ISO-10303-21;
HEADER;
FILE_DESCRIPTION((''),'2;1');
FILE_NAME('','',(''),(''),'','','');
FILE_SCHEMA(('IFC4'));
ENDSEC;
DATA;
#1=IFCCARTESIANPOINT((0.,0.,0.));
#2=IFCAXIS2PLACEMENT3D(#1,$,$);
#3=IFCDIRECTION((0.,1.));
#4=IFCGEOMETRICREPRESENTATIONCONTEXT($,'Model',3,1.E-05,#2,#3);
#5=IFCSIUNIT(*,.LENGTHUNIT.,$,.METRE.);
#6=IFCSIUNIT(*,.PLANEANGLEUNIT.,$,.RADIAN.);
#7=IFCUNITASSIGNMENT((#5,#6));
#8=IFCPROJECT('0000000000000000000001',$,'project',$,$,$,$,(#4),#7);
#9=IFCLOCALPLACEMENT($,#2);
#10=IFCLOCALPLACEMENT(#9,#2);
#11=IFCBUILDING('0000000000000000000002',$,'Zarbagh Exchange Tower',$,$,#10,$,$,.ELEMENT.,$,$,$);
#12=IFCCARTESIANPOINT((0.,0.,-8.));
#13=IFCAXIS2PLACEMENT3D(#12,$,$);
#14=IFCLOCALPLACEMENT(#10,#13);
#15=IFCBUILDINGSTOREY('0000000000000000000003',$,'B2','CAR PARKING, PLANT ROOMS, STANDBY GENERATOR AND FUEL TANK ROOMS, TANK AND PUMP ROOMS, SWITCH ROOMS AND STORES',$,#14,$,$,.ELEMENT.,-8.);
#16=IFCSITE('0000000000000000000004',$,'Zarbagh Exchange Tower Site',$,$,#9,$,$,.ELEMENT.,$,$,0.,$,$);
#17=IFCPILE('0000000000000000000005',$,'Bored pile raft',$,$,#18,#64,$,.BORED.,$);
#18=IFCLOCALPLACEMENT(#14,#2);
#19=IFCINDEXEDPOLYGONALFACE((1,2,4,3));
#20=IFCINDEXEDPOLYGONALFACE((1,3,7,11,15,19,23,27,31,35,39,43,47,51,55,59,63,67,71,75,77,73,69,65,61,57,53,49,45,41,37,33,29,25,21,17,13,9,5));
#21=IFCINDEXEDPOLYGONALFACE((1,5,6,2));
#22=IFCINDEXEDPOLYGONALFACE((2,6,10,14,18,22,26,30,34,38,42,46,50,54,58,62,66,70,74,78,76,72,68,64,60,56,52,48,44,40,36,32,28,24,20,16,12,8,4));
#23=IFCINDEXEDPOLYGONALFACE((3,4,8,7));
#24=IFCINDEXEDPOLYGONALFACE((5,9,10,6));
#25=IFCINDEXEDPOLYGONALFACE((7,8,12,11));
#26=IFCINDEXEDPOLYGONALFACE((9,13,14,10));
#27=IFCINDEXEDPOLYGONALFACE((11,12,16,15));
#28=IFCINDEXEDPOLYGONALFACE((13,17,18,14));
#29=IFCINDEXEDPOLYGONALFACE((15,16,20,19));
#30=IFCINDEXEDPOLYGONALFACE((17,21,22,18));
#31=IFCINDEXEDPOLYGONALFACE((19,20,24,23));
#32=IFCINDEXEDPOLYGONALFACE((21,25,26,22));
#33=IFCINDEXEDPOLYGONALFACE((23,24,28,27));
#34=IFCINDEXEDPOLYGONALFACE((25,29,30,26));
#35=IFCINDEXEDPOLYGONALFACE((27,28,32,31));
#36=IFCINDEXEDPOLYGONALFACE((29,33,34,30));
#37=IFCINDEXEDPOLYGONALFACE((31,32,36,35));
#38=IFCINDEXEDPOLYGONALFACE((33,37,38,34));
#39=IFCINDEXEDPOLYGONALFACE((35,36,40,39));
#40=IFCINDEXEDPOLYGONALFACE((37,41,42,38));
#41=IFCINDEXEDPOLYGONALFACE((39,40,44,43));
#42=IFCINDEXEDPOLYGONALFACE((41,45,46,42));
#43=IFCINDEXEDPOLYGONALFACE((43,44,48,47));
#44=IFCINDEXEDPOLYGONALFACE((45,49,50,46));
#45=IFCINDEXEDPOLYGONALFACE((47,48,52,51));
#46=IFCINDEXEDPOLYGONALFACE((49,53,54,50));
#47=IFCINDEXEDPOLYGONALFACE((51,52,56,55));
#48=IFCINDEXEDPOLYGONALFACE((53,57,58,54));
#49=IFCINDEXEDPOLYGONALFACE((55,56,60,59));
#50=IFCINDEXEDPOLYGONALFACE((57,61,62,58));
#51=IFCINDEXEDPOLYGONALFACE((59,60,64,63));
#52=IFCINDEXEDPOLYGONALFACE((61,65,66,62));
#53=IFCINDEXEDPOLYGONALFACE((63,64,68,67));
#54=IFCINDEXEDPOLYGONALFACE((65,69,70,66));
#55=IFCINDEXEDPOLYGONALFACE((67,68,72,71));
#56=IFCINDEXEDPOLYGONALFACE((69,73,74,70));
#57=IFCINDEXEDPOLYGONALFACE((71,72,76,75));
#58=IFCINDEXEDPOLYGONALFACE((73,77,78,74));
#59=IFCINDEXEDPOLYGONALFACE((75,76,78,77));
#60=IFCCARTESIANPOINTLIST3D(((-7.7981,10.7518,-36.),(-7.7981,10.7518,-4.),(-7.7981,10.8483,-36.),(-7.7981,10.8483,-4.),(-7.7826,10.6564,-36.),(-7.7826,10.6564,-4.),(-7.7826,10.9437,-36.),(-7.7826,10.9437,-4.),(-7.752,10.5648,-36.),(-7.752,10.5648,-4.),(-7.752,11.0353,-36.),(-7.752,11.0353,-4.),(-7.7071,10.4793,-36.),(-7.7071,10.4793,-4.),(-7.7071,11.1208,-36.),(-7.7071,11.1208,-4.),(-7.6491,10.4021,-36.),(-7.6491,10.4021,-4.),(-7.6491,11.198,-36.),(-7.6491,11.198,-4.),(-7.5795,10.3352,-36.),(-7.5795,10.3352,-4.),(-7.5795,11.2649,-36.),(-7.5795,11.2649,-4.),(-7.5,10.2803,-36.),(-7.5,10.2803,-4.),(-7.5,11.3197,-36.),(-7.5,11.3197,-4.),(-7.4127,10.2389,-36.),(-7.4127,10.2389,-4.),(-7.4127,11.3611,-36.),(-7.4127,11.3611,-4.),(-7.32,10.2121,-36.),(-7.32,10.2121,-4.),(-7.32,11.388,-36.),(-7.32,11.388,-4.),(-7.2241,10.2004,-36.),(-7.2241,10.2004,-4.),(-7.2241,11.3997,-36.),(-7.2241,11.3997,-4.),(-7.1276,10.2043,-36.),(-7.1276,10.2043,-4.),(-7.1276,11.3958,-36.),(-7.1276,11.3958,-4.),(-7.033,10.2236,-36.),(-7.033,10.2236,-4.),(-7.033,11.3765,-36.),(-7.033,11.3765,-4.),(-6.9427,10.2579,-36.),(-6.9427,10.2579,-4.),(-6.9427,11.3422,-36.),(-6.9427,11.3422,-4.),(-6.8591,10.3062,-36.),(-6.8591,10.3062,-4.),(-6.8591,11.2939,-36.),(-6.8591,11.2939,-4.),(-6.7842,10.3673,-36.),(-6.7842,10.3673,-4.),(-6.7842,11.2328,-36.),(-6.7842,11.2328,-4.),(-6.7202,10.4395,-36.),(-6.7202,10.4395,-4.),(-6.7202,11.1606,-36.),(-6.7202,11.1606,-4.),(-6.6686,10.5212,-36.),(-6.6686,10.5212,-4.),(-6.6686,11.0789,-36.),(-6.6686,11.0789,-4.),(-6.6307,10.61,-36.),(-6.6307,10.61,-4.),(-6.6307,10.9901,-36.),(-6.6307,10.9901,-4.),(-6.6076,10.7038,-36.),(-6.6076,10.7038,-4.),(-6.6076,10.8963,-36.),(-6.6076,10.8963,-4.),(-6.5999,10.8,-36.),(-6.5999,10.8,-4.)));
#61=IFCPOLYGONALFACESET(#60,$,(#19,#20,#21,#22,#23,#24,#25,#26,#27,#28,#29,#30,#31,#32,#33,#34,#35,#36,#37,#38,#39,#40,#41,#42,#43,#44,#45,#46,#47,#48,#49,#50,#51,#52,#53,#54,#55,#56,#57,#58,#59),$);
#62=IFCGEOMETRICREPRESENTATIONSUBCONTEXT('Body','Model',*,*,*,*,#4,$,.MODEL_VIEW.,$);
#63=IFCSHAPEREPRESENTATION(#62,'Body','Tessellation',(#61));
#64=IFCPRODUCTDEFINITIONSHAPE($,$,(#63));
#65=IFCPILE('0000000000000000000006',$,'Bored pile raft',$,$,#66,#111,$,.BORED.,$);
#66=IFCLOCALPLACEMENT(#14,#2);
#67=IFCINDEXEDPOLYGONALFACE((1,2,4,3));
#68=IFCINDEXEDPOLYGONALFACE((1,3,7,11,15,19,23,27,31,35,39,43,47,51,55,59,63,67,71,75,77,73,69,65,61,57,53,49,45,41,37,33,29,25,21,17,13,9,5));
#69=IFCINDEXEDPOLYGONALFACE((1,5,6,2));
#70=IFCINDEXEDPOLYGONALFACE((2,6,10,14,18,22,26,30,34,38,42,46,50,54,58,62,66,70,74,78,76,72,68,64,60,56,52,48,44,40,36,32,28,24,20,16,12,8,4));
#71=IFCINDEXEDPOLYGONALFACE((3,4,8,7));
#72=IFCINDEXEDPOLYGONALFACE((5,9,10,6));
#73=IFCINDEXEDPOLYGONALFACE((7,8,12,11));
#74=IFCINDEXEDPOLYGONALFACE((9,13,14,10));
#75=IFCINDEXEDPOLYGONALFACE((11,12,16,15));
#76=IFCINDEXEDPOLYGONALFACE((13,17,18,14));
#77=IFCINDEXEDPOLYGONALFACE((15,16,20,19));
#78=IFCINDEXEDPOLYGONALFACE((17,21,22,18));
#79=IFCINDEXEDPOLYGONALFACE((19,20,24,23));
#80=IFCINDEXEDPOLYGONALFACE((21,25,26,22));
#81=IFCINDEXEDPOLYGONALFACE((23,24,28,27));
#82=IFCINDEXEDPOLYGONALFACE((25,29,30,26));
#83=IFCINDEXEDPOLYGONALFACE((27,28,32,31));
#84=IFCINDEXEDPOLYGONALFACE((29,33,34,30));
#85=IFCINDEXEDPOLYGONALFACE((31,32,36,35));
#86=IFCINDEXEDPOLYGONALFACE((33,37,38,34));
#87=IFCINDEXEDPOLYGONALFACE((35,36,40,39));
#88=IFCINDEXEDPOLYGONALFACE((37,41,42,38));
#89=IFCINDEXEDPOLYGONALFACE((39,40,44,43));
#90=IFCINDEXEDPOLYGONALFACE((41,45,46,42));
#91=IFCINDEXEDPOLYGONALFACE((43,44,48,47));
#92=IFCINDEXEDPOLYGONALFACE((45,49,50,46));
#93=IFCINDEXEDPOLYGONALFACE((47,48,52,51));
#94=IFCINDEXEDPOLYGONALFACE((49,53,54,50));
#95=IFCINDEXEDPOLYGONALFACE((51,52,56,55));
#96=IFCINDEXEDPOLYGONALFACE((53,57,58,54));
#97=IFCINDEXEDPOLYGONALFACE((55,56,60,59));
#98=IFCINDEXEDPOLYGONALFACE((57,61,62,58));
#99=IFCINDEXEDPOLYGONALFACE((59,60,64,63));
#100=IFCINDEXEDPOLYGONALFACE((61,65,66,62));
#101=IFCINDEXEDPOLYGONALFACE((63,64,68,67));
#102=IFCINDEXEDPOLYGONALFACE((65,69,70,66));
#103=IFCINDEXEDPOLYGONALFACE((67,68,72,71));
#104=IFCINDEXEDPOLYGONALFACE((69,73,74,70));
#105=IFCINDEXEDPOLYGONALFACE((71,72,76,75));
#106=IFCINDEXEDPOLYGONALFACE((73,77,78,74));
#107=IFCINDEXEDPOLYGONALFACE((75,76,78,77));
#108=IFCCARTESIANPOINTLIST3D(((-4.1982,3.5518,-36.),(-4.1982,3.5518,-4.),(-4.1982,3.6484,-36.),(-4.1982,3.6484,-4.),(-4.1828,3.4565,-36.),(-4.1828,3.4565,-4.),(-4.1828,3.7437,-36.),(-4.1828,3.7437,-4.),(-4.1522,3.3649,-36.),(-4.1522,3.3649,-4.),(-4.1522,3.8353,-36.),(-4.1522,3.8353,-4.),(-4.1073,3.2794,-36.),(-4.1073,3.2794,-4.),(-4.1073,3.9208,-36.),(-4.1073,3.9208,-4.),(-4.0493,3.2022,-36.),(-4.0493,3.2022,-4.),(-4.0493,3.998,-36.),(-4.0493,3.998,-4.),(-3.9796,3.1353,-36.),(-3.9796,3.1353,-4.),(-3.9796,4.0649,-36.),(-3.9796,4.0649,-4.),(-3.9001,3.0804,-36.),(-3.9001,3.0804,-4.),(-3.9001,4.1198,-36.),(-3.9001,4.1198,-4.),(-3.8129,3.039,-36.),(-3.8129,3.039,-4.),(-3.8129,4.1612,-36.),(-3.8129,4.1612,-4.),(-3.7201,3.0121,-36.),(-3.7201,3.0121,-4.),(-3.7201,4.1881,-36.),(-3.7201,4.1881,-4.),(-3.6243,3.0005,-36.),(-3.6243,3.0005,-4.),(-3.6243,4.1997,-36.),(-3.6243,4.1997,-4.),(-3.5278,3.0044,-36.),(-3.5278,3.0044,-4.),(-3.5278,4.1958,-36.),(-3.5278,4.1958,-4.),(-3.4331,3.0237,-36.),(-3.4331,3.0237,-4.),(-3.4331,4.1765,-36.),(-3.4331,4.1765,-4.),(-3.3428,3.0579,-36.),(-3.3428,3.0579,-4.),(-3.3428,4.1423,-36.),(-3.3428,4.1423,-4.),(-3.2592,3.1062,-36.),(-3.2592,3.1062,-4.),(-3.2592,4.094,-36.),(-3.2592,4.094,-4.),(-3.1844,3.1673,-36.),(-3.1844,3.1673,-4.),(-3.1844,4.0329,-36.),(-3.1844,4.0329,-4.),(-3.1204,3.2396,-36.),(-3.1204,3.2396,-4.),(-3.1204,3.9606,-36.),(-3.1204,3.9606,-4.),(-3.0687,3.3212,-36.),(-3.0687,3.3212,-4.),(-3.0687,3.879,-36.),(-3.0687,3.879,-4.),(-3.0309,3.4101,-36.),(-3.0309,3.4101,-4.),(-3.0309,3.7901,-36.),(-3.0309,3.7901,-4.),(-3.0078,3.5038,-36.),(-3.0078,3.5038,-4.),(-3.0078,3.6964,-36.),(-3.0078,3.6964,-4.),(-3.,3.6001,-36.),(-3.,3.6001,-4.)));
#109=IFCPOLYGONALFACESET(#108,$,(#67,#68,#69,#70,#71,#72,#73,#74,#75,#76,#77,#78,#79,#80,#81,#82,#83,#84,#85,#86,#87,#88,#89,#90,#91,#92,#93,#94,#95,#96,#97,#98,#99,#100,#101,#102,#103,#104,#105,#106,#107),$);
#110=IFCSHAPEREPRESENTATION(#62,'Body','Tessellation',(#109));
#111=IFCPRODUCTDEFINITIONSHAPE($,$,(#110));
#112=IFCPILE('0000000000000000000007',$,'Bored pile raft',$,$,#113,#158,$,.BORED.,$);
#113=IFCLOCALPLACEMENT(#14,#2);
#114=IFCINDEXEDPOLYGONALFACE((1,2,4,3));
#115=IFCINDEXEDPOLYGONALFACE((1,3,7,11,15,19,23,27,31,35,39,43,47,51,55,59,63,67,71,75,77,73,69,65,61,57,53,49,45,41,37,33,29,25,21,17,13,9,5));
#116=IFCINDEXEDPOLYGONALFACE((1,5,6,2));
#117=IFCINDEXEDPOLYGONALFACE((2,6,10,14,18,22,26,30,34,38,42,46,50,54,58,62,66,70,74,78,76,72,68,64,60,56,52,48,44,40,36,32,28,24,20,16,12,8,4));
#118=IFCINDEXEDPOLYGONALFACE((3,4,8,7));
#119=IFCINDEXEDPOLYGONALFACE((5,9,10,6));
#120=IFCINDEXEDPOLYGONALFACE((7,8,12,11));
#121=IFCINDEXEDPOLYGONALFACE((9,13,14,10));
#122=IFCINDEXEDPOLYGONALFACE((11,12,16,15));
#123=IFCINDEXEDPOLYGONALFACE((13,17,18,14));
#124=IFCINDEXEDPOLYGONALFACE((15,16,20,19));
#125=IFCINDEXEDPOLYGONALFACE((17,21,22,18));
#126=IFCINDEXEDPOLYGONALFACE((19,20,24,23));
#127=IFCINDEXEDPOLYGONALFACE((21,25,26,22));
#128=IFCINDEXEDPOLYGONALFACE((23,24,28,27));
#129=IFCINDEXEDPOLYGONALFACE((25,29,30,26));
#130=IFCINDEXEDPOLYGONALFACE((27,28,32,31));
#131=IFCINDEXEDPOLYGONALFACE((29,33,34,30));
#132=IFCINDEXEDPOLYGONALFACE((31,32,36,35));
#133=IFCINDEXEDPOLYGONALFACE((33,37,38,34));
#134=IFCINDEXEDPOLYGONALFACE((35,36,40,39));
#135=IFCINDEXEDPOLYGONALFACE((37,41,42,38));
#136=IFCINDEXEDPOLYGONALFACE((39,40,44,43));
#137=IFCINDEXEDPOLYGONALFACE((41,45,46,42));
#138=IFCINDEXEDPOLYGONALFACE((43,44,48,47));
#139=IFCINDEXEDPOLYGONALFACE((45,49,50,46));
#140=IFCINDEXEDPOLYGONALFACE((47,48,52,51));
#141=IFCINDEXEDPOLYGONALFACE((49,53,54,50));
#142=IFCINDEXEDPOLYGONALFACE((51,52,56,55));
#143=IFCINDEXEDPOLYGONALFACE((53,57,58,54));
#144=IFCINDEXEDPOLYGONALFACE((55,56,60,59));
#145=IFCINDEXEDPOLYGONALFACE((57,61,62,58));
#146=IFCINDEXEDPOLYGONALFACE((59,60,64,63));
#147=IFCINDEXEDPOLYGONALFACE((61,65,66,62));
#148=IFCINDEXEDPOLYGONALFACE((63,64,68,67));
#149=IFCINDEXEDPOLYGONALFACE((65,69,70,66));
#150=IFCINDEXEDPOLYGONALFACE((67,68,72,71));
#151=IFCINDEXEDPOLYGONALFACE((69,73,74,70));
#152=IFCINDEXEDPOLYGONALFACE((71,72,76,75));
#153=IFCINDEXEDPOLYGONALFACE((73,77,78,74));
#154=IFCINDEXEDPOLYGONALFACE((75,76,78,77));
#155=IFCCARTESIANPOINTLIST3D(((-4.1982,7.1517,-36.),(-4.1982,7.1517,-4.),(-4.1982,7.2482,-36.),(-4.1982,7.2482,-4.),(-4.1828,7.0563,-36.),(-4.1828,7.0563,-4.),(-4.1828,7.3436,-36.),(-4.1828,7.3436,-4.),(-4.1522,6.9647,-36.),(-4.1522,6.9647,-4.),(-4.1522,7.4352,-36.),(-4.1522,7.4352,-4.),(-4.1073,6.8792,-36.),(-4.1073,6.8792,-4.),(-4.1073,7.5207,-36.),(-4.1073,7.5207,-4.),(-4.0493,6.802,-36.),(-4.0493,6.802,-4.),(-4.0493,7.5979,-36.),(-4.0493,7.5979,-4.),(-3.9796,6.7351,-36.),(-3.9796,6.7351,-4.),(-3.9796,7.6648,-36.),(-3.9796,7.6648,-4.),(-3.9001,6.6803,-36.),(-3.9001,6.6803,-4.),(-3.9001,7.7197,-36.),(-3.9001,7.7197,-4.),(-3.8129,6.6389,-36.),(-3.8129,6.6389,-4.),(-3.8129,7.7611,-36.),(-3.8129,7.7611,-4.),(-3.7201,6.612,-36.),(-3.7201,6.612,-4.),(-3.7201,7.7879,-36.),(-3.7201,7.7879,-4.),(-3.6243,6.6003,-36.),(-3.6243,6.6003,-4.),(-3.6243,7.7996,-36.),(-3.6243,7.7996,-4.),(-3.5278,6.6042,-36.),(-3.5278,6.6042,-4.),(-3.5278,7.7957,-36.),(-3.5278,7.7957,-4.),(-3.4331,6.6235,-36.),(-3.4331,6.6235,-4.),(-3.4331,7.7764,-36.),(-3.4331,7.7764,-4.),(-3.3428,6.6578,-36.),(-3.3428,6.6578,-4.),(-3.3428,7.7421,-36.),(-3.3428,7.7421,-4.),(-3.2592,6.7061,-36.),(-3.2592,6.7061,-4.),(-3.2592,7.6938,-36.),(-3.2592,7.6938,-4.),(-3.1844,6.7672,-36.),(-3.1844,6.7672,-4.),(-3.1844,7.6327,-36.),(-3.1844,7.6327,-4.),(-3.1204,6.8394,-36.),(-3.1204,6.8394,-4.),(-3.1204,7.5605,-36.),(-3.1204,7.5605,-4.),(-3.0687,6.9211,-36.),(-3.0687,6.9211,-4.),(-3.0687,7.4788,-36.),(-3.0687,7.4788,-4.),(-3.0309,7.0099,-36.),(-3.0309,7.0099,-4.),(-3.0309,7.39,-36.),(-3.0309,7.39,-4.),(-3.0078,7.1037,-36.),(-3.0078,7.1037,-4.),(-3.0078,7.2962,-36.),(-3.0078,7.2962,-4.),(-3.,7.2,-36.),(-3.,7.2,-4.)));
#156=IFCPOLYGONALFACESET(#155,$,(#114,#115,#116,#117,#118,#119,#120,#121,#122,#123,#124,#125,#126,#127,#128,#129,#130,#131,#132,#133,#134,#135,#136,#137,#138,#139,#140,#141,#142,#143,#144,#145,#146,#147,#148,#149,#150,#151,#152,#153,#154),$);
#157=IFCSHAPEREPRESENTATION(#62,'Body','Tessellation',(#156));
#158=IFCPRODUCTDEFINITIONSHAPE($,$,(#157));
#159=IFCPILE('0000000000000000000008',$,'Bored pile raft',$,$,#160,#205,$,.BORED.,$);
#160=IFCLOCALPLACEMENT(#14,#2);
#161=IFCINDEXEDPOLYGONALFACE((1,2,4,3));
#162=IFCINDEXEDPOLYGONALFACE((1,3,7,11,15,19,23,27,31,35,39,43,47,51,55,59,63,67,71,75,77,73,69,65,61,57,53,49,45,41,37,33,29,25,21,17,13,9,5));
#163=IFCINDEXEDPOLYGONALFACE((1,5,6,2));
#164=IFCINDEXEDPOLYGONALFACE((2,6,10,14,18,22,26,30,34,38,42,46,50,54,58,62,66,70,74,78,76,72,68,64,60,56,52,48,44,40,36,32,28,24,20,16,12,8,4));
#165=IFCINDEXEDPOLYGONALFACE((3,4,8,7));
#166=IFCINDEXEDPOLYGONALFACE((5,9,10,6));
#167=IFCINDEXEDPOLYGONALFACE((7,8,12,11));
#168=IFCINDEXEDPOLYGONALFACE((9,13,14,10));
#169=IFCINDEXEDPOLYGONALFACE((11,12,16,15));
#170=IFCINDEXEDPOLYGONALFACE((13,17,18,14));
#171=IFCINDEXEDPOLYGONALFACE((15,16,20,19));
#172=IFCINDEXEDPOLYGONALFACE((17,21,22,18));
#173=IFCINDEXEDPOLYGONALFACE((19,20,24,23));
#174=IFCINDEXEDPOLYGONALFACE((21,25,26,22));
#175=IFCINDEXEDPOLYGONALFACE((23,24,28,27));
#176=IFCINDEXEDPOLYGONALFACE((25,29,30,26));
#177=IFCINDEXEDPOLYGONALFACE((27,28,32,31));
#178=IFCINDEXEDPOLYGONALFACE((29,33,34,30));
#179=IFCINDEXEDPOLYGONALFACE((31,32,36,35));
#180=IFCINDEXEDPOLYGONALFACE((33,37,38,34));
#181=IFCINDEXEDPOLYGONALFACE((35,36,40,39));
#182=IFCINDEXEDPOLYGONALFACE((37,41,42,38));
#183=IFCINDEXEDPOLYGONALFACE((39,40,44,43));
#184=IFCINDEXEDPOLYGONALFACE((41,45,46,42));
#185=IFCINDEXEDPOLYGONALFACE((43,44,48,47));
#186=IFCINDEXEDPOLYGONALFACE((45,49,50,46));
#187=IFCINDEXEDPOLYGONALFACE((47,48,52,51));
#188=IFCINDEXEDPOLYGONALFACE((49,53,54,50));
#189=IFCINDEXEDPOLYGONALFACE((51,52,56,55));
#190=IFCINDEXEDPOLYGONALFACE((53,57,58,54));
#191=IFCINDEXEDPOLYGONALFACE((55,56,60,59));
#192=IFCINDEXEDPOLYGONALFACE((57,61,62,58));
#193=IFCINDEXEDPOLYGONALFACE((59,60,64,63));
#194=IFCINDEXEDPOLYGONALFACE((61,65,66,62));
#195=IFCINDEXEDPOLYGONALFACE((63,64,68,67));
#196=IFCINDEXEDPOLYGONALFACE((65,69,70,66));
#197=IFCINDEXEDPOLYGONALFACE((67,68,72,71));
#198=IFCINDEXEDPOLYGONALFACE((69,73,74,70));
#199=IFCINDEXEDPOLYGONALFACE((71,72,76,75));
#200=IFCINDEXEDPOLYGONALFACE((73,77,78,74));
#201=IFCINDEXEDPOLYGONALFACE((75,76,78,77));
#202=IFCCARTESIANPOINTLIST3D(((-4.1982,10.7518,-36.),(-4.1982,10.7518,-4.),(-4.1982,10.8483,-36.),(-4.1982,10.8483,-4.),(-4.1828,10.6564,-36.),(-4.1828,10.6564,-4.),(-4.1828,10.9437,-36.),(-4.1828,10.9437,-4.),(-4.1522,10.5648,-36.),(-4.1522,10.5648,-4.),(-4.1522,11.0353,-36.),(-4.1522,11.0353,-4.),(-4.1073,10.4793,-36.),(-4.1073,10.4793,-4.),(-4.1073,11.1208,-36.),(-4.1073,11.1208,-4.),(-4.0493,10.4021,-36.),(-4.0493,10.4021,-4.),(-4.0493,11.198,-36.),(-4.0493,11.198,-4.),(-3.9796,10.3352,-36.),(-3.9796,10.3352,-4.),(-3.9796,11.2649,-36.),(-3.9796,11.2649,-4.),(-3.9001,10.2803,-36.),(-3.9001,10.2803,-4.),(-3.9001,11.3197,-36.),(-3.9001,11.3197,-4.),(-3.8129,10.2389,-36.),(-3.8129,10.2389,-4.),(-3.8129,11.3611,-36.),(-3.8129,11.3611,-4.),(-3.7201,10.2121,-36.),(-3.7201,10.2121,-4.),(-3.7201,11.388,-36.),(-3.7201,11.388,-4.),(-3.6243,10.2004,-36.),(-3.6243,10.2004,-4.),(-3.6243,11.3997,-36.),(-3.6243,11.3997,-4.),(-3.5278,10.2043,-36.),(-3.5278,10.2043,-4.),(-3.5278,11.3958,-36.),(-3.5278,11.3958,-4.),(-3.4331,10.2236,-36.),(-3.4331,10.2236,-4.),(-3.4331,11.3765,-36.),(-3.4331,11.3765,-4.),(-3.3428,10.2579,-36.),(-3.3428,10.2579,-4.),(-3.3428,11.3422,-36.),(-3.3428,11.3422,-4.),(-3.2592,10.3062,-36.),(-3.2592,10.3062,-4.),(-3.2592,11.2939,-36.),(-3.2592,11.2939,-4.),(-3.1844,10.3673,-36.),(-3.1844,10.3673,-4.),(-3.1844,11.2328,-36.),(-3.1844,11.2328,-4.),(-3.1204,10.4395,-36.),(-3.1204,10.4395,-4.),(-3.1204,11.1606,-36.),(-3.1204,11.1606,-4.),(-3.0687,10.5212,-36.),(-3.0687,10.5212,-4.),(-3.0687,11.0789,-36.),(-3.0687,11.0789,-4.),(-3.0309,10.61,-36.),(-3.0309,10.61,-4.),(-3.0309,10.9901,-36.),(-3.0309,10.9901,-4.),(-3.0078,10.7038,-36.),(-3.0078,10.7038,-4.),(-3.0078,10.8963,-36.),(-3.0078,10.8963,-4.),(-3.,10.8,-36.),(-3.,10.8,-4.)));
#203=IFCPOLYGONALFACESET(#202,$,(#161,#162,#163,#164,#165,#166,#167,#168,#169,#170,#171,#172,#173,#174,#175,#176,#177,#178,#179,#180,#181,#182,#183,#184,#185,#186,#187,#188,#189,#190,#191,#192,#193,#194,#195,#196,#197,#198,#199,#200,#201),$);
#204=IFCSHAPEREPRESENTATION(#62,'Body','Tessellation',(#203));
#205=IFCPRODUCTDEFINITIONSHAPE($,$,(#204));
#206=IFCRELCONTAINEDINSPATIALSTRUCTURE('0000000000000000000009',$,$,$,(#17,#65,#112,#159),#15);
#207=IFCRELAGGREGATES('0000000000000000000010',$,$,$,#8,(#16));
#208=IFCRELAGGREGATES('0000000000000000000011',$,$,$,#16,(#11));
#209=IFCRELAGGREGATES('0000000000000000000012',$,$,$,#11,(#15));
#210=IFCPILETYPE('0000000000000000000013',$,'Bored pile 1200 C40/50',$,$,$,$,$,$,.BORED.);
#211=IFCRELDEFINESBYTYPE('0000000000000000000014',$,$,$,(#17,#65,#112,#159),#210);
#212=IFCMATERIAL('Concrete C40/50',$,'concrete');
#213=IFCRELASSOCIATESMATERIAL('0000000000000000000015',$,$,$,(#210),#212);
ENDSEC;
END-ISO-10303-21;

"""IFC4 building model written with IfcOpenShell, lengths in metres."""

from ifc_helpers import new_model, si_unit, direction, frame, origin, origin_2d, place, context, subcontext, project, spatial, circle, extrude, material, material_profile, profile_set, type_object, element, save


model = new_model("IFC4")

# Units and contexts
model_context = context("Model", 3, precision=1e-05, world=origin(), true_north=direction((0.0, 1.0)))
body_context = subcontext(model_context, "Body", "Model", "MODEL_VIEW")
ifc_project = project(units=[si_unit("LENGTHUNIT", "METRE"), si_unit("PLANEANGLEUNIT", "RADIAN")], contexts=[model_context])

# Site, building, storey
site_placement = place(None, origin())
site = spatial("IfcSite", under=ifc_project, at=site_placement, Name="Zarbagh Exchange Tower Site", CompositionType="ELEMENT", RefElevation=0.0)
building_placement = place(site_placement, origin())
building = spatial("IfcBuilding", under=site, at=building_placement, Name="Zarbagh Exchange Tower", CompositionType="ELEMENT")
storey_placement = place(building_placement, frame((0.0, 0.0, -8.0)))
storey = spatial("IfcBuildingStorey", under=building, at=storey_placement, Name="B2", Description="CAR PARKING, PLANT ROOMS, STANDBY GENERATOR AND FUEL TANK ROOMS, TANK AND PUMP ROOMS, SWITCH ROOMS AND STORES", CompositionType="ELEMENT", Elevation=-8.0)

# Piles
ifc_material_1 = material(Name="Concrete C40/50", Category="concrete")
ifc_material_profile_1 = material_profile(ifc_material_1, circle(Radius=0.6001, at=origin_2d()), Name="Bored pile 1200 C40/50")
ifc_profile_set_1 = profile_set([ifc_material_profile_1], Name="Concrete C40/50")
pile_type = type_object("IfcPileType", Name="Bored pile 1200 C40/50", PredefinedType="BORED", material=ifc_profile_set_1)
for number, where, z_axis, x_axis, name in (
    (1, (-7.2, 10.8, -4.0), (0.0, 0.0, -1.0), (1.0, 0.0, 0.0), "Bored pile raft"),
    (2, (-3.6001, 3.6001, -4.0), (0.0, 0.0, -1.0), (1.0, 0.0, 0.0), "Bored pile raft"),
    (3, (-3.6001, 7.2, -4.0), (0.0, 0.0, -1.0), (1.0, 0.0, 0.0), "Bored pile raft"),
    (4, (-3.6001, 10.8, -4.0), (0.0, 0.0, -1.0), (1.0, 0.0, 0.0), "Bored pile raft"),
):
    element("IfcPile", number, at=place(storey_placement, frame(where, z_axis=z_axis, x_axis=x_axis)), inside=storey, type_object=pile_type, Name=name, PredefinedType="BORED", context=body_context, shape_type="SweptSolid", body=[
        extrude(circle(Radius=0.6001, at=origin_2d()), origin(), (0.0, 0.0, 1.0), 32.0),
    ])

save(model, "model.ifc")
